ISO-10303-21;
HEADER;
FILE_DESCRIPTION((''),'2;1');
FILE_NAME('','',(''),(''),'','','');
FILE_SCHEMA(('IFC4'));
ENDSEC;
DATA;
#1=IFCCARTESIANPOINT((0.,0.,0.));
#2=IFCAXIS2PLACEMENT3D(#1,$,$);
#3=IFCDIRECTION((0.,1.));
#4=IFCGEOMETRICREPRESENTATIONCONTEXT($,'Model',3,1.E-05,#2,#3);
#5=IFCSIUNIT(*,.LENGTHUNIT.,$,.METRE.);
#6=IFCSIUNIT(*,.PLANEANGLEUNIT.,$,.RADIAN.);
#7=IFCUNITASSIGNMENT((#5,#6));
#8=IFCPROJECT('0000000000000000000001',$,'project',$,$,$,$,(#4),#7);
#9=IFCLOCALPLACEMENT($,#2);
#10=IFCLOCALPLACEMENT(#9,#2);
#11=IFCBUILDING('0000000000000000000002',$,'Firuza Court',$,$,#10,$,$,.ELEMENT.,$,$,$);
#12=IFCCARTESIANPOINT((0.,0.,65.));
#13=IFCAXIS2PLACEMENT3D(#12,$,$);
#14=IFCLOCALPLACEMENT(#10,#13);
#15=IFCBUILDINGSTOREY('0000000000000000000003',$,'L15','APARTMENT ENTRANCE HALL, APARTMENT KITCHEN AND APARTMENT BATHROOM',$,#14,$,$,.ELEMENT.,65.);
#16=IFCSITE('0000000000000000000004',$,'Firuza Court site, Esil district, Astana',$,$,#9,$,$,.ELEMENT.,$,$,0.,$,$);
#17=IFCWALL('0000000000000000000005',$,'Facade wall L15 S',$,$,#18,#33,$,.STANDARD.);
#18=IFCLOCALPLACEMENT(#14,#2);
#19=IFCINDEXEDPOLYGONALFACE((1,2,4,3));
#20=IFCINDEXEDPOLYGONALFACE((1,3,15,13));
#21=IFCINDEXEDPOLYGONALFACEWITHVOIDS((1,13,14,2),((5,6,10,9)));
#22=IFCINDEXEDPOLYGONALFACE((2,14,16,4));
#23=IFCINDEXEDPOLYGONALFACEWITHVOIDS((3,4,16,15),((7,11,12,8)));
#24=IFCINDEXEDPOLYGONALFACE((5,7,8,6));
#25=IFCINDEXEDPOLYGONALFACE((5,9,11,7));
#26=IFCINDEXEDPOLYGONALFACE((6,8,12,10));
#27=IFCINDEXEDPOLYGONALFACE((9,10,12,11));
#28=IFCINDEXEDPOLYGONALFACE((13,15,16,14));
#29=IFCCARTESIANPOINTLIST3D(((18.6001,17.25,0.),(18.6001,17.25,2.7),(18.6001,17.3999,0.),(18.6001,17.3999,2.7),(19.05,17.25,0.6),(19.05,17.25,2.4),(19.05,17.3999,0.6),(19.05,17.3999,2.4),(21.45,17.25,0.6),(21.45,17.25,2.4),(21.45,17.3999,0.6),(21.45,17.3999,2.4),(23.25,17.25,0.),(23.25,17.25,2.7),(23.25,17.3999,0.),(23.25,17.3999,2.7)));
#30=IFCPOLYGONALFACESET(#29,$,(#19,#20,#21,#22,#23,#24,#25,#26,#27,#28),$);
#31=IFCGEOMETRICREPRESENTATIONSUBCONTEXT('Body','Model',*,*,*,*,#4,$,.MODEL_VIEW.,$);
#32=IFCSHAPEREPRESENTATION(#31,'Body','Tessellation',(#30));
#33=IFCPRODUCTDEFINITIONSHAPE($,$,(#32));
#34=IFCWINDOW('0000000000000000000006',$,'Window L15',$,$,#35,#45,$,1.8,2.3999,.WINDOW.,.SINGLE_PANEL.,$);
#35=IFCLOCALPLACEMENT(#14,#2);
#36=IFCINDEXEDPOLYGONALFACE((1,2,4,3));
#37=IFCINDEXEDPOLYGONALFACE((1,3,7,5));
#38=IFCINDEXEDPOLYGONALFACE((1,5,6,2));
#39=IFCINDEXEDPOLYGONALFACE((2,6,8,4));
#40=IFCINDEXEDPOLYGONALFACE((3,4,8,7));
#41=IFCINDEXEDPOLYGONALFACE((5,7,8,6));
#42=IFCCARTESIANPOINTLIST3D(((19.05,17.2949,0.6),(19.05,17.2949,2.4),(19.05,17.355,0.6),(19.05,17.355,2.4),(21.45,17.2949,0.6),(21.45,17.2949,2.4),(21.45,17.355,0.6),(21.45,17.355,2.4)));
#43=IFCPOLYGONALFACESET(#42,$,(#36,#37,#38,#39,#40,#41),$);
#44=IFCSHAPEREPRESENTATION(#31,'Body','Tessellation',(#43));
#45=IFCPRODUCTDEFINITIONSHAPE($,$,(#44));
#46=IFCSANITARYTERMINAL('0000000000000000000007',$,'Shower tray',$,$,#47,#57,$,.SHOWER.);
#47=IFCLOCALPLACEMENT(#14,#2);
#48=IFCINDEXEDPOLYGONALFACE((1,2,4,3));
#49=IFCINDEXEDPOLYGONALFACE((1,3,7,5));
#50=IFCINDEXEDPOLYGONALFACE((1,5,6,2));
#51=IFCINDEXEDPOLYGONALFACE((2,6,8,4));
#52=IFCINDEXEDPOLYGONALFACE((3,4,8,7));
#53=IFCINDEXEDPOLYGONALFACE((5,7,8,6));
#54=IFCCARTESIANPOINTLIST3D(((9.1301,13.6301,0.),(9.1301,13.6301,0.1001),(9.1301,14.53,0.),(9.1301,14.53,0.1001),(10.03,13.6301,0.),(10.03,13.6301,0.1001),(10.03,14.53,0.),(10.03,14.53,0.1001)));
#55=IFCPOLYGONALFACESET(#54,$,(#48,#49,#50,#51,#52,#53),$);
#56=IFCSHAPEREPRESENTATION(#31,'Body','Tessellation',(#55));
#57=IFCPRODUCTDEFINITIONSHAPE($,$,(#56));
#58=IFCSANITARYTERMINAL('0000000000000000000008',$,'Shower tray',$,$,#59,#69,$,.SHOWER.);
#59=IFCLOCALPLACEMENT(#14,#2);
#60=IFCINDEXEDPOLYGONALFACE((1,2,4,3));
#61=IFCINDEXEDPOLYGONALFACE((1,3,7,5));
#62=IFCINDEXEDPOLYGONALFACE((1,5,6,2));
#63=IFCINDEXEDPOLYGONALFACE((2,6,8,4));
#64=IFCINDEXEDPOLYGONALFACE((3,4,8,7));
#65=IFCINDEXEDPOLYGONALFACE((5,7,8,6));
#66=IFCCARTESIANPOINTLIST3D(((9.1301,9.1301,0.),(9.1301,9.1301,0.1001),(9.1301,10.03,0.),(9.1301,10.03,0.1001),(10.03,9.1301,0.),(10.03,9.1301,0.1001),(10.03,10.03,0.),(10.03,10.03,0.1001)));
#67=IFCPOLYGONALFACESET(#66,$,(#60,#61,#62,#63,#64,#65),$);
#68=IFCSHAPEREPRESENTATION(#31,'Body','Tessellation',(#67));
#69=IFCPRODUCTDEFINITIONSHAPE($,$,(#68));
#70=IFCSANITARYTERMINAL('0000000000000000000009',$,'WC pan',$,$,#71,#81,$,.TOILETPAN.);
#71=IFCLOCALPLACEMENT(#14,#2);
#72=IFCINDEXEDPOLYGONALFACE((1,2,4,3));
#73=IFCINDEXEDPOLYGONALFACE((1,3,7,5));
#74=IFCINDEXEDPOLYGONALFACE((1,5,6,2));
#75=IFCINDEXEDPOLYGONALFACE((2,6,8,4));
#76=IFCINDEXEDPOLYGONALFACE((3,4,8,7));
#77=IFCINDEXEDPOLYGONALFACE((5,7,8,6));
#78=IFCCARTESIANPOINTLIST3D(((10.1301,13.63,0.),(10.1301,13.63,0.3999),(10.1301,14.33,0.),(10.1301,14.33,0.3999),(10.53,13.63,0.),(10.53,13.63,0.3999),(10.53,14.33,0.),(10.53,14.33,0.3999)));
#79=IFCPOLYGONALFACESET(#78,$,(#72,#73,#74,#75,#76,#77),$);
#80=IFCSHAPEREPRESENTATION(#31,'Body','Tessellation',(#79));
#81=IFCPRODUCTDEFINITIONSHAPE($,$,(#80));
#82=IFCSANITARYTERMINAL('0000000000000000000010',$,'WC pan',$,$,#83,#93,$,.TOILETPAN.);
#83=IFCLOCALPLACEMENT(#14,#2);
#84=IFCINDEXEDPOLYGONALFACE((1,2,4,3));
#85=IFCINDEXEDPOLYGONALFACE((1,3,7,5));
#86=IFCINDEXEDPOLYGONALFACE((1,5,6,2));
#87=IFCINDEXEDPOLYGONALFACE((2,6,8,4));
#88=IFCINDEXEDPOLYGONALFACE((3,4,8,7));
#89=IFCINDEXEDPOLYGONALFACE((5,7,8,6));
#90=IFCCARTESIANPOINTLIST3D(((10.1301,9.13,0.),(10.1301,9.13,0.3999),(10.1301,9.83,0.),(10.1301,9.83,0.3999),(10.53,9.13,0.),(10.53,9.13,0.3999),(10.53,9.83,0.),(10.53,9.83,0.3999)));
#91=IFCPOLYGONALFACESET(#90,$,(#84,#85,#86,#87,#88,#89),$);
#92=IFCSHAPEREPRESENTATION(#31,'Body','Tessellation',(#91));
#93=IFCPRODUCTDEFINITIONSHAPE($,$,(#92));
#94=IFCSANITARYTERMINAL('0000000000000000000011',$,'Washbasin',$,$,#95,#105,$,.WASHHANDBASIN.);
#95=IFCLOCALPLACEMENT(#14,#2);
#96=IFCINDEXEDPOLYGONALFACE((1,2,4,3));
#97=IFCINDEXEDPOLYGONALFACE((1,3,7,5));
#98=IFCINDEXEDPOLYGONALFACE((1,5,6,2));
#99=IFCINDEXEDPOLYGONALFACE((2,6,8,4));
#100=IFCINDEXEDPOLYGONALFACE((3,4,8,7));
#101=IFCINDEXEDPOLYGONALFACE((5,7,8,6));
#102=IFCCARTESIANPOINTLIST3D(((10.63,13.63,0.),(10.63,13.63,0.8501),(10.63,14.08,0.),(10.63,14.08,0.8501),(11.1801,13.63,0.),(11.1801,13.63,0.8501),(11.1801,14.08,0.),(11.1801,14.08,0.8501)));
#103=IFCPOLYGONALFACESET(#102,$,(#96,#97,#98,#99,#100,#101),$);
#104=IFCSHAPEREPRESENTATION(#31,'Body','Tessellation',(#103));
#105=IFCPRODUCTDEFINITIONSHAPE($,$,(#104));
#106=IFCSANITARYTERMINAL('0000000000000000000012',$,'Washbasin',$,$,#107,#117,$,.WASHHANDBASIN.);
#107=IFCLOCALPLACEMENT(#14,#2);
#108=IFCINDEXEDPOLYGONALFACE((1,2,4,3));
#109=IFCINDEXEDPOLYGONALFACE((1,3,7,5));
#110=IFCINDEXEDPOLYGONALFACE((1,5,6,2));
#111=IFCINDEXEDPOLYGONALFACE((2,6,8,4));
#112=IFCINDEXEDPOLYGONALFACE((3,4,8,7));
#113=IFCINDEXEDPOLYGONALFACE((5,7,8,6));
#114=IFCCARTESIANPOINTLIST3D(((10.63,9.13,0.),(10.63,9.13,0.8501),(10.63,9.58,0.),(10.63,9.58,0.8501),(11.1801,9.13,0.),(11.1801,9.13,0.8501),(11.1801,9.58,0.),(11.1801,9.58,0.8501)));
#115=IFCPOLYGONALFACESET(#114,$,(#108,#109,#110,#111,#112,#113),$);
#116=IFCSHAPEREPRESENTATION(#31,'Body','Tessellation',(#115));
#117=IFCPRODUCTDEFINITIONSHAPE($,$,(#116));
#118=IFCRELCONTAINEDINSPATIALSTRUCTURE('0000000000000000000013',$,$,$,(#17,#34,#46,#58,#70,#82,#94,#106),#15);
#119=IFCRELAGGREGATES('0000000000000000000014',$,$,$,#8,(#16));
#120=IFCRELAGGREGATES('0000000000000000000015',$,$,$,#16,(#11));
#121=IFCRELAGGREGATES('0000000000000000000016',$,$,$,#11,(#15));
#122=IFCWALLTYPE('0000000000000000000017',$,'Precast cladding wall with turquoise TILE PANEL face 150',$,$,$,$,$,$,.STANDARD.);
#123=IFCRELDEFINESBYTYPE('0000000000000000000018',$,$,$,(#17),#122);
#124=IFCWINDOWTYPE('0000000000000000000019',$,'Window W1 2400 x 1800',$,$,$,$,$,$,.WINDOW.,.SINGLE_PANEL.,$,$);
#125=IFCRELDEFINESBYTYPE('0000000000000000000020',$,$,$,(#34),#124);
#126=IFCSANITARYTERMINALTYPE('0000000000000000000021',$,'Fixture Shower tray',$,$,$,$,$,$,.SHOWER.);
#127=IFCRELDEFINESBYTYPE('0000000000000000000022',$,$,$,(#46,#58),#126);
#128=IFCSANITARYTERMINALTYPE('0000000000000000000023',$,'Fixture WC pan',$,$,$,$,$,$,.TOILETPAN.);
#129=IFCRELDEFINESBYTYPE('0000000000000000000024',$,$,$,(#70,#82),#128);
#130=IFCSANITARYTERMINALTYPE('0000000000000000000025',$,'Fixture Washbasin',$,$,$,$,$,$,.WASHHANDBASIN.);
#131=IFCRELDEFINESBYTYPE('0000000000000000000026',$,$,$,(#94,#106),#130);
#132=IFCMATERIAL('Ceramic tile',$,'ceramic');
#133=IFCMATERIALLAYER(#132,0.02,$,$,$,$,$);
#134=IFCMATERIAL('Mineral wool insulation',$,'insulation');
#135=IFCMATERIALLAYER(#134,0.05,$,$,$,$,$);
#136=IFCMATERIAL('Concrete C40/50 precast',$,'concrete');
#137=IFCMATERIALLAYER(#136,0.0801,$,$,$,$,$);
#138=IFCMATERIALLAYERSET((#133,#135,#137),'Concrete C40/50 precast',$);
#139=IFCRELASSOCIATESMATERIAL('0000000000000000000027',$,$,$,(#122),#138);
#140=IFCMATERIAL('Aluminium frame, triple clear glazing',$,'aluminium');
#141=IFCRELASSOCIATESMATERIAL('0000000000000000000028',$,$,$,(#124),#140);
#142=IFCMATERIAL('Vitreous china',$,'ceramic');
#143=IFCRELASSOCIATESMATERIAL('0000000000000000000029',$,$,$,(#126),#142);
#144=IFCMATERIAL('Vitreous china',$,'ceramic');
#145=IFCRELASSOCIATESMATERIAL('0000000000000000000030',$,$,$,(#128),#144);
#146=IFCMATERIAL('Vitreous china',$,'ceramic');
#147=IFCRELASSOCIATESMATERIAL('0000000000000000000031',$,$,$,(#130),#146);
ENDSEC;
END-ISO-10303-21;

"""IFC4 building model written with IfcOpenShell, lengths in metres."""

from ifc_helpers import new_model, si_unit, direction, frame, frame_2d, origin, origin_2d, place, context, subcontext, project, spatial, rectangle, extrude, material, layer, layer_set, type_object, element, fill, save


model = new_model("IFC4")

# Units and contexts
model_context = context("Model", 3, precision=1e-05, world=origin(), true_north=direction((0.0, 1.0)))
body_context = subcontext(model_context, "Body", "Model", "MODEL_VIEW")
ifc_project = project(units=[si_unit("LENGTHUNIT", "METRE"), si_unit("PLANEANGLEUNIT", "RADIAN")], contexts=[model_context])

# Site, building, storey
site_placement = place(None, origin())
site = spatial("IfcSite", under=ifc_project, at=site_placement, Name="Firuza Court site, Esil district, Astana", CompositionType="ELEMENT", RefElevation=0.0)
building_placement = place(site_placement, origin())
building = spatial("IfcBuilding", under=site, at=building_placement, Name="Firuza Court", CompositionType="ELEMENT")
storey_placement = place(building_placement, frame((0.0, 0.0, 65.0)))
storey = spatial("IfcBuildingStorey", under=building, at=storey_placement, Name="L15", Description="APARTMENT ENTRANCE HALL, APARTMENT KITCHEN AND APARTMENT BATHROOM", CompositionType="ELEMENT", Elevation=65.0)

# Wall, opening, window
ifc_material_1 = material(Name="Ceramic tile", Category="ceramic")
ifc_layer_1 = layer(ifc_material_1, 0.02)
ifc_material_2 = material(Name="Mineral wool insulation", Category="insulation")
ifc_layer_2 = layer(ifc_material_2, 0.05)
ifc_material_3 = material(Name="Concrete C40/50 precast", Category="concrete")
ifc_layer_3 = layer(ifc_material_3, 0.0801)
ifc_layer_set_1 = layer_set([ifc_layer_1, ifc_layer_2, ifc_layer_3], Name="Concrete C40/50 precast")
wall_type_1 = type_object("IfcWallType", Name="Precast cladding wall with turquoise TILE PANEL face 150", PredefinedType="STANDARD", material=ifc_layer_set_1)
wall_1_placement = place(storey_placement, frame((18.6001, 17.325, 0.0), z_axis=(0.0, 0.0, 1.0), x_axis=(1.0, 0.0, 0.0)))
wall_1 = element("IfcWall", 1, at=wall_1_placement, inside=storey, type_object=wall_type_1, Name="Facade wall L15 S", PredefinedType="STANDARD", context=body_context, shape_type="SweptSolid", body=[
    extrude(rectangle(XDim=4.6499, YDim=0.1499, at=frame_2d((2.325, 0.0))), origin(), (0.0, 0.0, 1.0), 2.7),
])
opening_1_placement = place(wall_1_placement, frame((0.45, 0.0, 0.6001)))
opening_1 = element("IfcOpeningElement", 2, at=opening_1_placement, cuts=wall_1, PredefinedType="OPENING", context=body_context, shape_type="SweptSolid", body=[
    extrude(rectangle(XDim=2.3999, YDim=1.8, at=frame_2d((1.2, 0.8999))), frame((0.0, 0.0869, 0.0), z_axis=(0.0, -1.0, 0.0), x_axis=(1.0, 0.0, 0.0)), (0.0, 0.0, 1.0), 0.1738),
])
ifc_material_4 = material(Name="Aluminium frame, triple clear glazing", Category="aluminium")
window_type = type_object("IfcWindowType", Name="Window W1 2400 x 1800", PartitioningType="SINGLE_PANEL", PredefinedType="WINDOW", material=ifc_material_4)
window_placement = place(opening_1_placement, origin())
window = element("IfcWindow", 3, at=window_placement, inside=storey, type_object=window_type, Name="Window L15", OverallHeight=1.8, OverallWidth=2.3999, PartitioningType="SINGLE_PANEL", PredefinedType="WINDOW", context=body_context, shape_type="SweptSolid", body=[
    extrude(rectangle(XDim=2.3999, YDim=1.8, at=frame_2d((1.2, 0.8999))), frame((0.0, 0.03, 0.0), z_axis=(0.0, -1.0, 0.0), x_axis=(1.0, 0.0, 0.0)), (0.0, 0.0, 1.0), 0.0601),
])
fill(opening_1, window)

# Sanitary terminals
ifc_material_5 = material(Name="Vitreous china", Category="ceramic")
sanitary_terminal_type_1 = type_object("IfcSanitaryTerminalType", Name="Fixture Shower tray", PredefinedType="SHOWER", material=ifc_material_5)
for number, where, z_axis, x_axis, name in (
    (4, (9.5801, 14.0801, 0.0), (0.0, 0.0, 1.0), (1.0, 0.0, 0.0), "Shower tray"),
    (5, (9.5801, 9.5801, 0.0), (0.0, 0.0, 1.0), (1.0, 0.0, 0.0), "Shower tray"),
):
    element("IfcSanitaryTerminal", number, at=place(storey_placement, frame(where, z_axis=z_axis, x_axis=x_axis)), inside=storey, type_object=sanitary_terminal_type_1, Name=name, PredefinedType="SHOWER", context=body_context, shape_type="SweptSolid", body=[
        extrude(rectangle(XDim=0.8999, YDim=0.8999, at=origin_2d()), origin(), (0.0, 0.0, 1.0), 0.1001),
    ])
ifc_material_6 = material(Name="Vitreous china", Category="ceramic")
sanitary_terminal_type_2 = type_object("IfcSanitaryTerminalType", Name="Fixture WC pan", PredefinedType="TOILETPAN", material=ifc_material_6)
for number, where, z_axis, x_axis, name in (
    (6, (10.3301, 13.98, 0.0), (0.0, 0.0, 1.0), (1.0, 0.0, 0.0), "WC pan"),
    (7, (10.3301, 9.48, 0.0), (0.0, 0.0, 1.0), (1.0, 0.0, 0.0), "WC pan"),
):
    element("IfcSanitaryTerminal", number, at=place(storey_placement, frame(where, z_axis=z_axis, x_axis=x_axis)), inside=storey, type_object=sanitary_terminal_type_2, Name=name, PredefinedType="TOILETPAN", context=body_context, shape_type="SweptSolid", body=[
        extrude(rectangle(XDim=0.3999, YDim=0.7, at=origin_2d()), origin(), (0.0, 0.0, 1.0), 0.3999),
    ])
ifc_material_7 = material(Name="Vitreous china", Category="ceramic")
sanitary_terminal_type_3 = type_object("IfcSanitaryTerminalType", Name="Fixture Washbasin", PredefinedType="WASHHANDBASIN", material=ifc_material_7)
for number, where, z_axis, x_axis, name in (
    (8, (10.905, 13.855, 0.0), (0.0, 0.0, 1.0), (1.0, 0.0, 0.0), "Washbasin"),
    (9, (10.905, 9.355, 0.0), (0.0, 0.0, 1.0), (1.0, 0.0, 0.0), "Washbasin"),
):
    element("IfcSanitaryTerminal", number, at=place(storey_placement, frame(where, z_axis=z_axis, x_axis=x_axis)), inside=storey, type_object=sanitary_terminal_type_3, Name=name, PredefinedType="WASHHANDBASIN", context=body_context, shape_type="SweptSolid", body=[
        extrude(rectangle(XDim=0.55, YDim=0.45, at=origin_2d()), origin(), (0.0, 0.0, 1.0), 0.8501),
    ])

save(model, "model.ifc")
